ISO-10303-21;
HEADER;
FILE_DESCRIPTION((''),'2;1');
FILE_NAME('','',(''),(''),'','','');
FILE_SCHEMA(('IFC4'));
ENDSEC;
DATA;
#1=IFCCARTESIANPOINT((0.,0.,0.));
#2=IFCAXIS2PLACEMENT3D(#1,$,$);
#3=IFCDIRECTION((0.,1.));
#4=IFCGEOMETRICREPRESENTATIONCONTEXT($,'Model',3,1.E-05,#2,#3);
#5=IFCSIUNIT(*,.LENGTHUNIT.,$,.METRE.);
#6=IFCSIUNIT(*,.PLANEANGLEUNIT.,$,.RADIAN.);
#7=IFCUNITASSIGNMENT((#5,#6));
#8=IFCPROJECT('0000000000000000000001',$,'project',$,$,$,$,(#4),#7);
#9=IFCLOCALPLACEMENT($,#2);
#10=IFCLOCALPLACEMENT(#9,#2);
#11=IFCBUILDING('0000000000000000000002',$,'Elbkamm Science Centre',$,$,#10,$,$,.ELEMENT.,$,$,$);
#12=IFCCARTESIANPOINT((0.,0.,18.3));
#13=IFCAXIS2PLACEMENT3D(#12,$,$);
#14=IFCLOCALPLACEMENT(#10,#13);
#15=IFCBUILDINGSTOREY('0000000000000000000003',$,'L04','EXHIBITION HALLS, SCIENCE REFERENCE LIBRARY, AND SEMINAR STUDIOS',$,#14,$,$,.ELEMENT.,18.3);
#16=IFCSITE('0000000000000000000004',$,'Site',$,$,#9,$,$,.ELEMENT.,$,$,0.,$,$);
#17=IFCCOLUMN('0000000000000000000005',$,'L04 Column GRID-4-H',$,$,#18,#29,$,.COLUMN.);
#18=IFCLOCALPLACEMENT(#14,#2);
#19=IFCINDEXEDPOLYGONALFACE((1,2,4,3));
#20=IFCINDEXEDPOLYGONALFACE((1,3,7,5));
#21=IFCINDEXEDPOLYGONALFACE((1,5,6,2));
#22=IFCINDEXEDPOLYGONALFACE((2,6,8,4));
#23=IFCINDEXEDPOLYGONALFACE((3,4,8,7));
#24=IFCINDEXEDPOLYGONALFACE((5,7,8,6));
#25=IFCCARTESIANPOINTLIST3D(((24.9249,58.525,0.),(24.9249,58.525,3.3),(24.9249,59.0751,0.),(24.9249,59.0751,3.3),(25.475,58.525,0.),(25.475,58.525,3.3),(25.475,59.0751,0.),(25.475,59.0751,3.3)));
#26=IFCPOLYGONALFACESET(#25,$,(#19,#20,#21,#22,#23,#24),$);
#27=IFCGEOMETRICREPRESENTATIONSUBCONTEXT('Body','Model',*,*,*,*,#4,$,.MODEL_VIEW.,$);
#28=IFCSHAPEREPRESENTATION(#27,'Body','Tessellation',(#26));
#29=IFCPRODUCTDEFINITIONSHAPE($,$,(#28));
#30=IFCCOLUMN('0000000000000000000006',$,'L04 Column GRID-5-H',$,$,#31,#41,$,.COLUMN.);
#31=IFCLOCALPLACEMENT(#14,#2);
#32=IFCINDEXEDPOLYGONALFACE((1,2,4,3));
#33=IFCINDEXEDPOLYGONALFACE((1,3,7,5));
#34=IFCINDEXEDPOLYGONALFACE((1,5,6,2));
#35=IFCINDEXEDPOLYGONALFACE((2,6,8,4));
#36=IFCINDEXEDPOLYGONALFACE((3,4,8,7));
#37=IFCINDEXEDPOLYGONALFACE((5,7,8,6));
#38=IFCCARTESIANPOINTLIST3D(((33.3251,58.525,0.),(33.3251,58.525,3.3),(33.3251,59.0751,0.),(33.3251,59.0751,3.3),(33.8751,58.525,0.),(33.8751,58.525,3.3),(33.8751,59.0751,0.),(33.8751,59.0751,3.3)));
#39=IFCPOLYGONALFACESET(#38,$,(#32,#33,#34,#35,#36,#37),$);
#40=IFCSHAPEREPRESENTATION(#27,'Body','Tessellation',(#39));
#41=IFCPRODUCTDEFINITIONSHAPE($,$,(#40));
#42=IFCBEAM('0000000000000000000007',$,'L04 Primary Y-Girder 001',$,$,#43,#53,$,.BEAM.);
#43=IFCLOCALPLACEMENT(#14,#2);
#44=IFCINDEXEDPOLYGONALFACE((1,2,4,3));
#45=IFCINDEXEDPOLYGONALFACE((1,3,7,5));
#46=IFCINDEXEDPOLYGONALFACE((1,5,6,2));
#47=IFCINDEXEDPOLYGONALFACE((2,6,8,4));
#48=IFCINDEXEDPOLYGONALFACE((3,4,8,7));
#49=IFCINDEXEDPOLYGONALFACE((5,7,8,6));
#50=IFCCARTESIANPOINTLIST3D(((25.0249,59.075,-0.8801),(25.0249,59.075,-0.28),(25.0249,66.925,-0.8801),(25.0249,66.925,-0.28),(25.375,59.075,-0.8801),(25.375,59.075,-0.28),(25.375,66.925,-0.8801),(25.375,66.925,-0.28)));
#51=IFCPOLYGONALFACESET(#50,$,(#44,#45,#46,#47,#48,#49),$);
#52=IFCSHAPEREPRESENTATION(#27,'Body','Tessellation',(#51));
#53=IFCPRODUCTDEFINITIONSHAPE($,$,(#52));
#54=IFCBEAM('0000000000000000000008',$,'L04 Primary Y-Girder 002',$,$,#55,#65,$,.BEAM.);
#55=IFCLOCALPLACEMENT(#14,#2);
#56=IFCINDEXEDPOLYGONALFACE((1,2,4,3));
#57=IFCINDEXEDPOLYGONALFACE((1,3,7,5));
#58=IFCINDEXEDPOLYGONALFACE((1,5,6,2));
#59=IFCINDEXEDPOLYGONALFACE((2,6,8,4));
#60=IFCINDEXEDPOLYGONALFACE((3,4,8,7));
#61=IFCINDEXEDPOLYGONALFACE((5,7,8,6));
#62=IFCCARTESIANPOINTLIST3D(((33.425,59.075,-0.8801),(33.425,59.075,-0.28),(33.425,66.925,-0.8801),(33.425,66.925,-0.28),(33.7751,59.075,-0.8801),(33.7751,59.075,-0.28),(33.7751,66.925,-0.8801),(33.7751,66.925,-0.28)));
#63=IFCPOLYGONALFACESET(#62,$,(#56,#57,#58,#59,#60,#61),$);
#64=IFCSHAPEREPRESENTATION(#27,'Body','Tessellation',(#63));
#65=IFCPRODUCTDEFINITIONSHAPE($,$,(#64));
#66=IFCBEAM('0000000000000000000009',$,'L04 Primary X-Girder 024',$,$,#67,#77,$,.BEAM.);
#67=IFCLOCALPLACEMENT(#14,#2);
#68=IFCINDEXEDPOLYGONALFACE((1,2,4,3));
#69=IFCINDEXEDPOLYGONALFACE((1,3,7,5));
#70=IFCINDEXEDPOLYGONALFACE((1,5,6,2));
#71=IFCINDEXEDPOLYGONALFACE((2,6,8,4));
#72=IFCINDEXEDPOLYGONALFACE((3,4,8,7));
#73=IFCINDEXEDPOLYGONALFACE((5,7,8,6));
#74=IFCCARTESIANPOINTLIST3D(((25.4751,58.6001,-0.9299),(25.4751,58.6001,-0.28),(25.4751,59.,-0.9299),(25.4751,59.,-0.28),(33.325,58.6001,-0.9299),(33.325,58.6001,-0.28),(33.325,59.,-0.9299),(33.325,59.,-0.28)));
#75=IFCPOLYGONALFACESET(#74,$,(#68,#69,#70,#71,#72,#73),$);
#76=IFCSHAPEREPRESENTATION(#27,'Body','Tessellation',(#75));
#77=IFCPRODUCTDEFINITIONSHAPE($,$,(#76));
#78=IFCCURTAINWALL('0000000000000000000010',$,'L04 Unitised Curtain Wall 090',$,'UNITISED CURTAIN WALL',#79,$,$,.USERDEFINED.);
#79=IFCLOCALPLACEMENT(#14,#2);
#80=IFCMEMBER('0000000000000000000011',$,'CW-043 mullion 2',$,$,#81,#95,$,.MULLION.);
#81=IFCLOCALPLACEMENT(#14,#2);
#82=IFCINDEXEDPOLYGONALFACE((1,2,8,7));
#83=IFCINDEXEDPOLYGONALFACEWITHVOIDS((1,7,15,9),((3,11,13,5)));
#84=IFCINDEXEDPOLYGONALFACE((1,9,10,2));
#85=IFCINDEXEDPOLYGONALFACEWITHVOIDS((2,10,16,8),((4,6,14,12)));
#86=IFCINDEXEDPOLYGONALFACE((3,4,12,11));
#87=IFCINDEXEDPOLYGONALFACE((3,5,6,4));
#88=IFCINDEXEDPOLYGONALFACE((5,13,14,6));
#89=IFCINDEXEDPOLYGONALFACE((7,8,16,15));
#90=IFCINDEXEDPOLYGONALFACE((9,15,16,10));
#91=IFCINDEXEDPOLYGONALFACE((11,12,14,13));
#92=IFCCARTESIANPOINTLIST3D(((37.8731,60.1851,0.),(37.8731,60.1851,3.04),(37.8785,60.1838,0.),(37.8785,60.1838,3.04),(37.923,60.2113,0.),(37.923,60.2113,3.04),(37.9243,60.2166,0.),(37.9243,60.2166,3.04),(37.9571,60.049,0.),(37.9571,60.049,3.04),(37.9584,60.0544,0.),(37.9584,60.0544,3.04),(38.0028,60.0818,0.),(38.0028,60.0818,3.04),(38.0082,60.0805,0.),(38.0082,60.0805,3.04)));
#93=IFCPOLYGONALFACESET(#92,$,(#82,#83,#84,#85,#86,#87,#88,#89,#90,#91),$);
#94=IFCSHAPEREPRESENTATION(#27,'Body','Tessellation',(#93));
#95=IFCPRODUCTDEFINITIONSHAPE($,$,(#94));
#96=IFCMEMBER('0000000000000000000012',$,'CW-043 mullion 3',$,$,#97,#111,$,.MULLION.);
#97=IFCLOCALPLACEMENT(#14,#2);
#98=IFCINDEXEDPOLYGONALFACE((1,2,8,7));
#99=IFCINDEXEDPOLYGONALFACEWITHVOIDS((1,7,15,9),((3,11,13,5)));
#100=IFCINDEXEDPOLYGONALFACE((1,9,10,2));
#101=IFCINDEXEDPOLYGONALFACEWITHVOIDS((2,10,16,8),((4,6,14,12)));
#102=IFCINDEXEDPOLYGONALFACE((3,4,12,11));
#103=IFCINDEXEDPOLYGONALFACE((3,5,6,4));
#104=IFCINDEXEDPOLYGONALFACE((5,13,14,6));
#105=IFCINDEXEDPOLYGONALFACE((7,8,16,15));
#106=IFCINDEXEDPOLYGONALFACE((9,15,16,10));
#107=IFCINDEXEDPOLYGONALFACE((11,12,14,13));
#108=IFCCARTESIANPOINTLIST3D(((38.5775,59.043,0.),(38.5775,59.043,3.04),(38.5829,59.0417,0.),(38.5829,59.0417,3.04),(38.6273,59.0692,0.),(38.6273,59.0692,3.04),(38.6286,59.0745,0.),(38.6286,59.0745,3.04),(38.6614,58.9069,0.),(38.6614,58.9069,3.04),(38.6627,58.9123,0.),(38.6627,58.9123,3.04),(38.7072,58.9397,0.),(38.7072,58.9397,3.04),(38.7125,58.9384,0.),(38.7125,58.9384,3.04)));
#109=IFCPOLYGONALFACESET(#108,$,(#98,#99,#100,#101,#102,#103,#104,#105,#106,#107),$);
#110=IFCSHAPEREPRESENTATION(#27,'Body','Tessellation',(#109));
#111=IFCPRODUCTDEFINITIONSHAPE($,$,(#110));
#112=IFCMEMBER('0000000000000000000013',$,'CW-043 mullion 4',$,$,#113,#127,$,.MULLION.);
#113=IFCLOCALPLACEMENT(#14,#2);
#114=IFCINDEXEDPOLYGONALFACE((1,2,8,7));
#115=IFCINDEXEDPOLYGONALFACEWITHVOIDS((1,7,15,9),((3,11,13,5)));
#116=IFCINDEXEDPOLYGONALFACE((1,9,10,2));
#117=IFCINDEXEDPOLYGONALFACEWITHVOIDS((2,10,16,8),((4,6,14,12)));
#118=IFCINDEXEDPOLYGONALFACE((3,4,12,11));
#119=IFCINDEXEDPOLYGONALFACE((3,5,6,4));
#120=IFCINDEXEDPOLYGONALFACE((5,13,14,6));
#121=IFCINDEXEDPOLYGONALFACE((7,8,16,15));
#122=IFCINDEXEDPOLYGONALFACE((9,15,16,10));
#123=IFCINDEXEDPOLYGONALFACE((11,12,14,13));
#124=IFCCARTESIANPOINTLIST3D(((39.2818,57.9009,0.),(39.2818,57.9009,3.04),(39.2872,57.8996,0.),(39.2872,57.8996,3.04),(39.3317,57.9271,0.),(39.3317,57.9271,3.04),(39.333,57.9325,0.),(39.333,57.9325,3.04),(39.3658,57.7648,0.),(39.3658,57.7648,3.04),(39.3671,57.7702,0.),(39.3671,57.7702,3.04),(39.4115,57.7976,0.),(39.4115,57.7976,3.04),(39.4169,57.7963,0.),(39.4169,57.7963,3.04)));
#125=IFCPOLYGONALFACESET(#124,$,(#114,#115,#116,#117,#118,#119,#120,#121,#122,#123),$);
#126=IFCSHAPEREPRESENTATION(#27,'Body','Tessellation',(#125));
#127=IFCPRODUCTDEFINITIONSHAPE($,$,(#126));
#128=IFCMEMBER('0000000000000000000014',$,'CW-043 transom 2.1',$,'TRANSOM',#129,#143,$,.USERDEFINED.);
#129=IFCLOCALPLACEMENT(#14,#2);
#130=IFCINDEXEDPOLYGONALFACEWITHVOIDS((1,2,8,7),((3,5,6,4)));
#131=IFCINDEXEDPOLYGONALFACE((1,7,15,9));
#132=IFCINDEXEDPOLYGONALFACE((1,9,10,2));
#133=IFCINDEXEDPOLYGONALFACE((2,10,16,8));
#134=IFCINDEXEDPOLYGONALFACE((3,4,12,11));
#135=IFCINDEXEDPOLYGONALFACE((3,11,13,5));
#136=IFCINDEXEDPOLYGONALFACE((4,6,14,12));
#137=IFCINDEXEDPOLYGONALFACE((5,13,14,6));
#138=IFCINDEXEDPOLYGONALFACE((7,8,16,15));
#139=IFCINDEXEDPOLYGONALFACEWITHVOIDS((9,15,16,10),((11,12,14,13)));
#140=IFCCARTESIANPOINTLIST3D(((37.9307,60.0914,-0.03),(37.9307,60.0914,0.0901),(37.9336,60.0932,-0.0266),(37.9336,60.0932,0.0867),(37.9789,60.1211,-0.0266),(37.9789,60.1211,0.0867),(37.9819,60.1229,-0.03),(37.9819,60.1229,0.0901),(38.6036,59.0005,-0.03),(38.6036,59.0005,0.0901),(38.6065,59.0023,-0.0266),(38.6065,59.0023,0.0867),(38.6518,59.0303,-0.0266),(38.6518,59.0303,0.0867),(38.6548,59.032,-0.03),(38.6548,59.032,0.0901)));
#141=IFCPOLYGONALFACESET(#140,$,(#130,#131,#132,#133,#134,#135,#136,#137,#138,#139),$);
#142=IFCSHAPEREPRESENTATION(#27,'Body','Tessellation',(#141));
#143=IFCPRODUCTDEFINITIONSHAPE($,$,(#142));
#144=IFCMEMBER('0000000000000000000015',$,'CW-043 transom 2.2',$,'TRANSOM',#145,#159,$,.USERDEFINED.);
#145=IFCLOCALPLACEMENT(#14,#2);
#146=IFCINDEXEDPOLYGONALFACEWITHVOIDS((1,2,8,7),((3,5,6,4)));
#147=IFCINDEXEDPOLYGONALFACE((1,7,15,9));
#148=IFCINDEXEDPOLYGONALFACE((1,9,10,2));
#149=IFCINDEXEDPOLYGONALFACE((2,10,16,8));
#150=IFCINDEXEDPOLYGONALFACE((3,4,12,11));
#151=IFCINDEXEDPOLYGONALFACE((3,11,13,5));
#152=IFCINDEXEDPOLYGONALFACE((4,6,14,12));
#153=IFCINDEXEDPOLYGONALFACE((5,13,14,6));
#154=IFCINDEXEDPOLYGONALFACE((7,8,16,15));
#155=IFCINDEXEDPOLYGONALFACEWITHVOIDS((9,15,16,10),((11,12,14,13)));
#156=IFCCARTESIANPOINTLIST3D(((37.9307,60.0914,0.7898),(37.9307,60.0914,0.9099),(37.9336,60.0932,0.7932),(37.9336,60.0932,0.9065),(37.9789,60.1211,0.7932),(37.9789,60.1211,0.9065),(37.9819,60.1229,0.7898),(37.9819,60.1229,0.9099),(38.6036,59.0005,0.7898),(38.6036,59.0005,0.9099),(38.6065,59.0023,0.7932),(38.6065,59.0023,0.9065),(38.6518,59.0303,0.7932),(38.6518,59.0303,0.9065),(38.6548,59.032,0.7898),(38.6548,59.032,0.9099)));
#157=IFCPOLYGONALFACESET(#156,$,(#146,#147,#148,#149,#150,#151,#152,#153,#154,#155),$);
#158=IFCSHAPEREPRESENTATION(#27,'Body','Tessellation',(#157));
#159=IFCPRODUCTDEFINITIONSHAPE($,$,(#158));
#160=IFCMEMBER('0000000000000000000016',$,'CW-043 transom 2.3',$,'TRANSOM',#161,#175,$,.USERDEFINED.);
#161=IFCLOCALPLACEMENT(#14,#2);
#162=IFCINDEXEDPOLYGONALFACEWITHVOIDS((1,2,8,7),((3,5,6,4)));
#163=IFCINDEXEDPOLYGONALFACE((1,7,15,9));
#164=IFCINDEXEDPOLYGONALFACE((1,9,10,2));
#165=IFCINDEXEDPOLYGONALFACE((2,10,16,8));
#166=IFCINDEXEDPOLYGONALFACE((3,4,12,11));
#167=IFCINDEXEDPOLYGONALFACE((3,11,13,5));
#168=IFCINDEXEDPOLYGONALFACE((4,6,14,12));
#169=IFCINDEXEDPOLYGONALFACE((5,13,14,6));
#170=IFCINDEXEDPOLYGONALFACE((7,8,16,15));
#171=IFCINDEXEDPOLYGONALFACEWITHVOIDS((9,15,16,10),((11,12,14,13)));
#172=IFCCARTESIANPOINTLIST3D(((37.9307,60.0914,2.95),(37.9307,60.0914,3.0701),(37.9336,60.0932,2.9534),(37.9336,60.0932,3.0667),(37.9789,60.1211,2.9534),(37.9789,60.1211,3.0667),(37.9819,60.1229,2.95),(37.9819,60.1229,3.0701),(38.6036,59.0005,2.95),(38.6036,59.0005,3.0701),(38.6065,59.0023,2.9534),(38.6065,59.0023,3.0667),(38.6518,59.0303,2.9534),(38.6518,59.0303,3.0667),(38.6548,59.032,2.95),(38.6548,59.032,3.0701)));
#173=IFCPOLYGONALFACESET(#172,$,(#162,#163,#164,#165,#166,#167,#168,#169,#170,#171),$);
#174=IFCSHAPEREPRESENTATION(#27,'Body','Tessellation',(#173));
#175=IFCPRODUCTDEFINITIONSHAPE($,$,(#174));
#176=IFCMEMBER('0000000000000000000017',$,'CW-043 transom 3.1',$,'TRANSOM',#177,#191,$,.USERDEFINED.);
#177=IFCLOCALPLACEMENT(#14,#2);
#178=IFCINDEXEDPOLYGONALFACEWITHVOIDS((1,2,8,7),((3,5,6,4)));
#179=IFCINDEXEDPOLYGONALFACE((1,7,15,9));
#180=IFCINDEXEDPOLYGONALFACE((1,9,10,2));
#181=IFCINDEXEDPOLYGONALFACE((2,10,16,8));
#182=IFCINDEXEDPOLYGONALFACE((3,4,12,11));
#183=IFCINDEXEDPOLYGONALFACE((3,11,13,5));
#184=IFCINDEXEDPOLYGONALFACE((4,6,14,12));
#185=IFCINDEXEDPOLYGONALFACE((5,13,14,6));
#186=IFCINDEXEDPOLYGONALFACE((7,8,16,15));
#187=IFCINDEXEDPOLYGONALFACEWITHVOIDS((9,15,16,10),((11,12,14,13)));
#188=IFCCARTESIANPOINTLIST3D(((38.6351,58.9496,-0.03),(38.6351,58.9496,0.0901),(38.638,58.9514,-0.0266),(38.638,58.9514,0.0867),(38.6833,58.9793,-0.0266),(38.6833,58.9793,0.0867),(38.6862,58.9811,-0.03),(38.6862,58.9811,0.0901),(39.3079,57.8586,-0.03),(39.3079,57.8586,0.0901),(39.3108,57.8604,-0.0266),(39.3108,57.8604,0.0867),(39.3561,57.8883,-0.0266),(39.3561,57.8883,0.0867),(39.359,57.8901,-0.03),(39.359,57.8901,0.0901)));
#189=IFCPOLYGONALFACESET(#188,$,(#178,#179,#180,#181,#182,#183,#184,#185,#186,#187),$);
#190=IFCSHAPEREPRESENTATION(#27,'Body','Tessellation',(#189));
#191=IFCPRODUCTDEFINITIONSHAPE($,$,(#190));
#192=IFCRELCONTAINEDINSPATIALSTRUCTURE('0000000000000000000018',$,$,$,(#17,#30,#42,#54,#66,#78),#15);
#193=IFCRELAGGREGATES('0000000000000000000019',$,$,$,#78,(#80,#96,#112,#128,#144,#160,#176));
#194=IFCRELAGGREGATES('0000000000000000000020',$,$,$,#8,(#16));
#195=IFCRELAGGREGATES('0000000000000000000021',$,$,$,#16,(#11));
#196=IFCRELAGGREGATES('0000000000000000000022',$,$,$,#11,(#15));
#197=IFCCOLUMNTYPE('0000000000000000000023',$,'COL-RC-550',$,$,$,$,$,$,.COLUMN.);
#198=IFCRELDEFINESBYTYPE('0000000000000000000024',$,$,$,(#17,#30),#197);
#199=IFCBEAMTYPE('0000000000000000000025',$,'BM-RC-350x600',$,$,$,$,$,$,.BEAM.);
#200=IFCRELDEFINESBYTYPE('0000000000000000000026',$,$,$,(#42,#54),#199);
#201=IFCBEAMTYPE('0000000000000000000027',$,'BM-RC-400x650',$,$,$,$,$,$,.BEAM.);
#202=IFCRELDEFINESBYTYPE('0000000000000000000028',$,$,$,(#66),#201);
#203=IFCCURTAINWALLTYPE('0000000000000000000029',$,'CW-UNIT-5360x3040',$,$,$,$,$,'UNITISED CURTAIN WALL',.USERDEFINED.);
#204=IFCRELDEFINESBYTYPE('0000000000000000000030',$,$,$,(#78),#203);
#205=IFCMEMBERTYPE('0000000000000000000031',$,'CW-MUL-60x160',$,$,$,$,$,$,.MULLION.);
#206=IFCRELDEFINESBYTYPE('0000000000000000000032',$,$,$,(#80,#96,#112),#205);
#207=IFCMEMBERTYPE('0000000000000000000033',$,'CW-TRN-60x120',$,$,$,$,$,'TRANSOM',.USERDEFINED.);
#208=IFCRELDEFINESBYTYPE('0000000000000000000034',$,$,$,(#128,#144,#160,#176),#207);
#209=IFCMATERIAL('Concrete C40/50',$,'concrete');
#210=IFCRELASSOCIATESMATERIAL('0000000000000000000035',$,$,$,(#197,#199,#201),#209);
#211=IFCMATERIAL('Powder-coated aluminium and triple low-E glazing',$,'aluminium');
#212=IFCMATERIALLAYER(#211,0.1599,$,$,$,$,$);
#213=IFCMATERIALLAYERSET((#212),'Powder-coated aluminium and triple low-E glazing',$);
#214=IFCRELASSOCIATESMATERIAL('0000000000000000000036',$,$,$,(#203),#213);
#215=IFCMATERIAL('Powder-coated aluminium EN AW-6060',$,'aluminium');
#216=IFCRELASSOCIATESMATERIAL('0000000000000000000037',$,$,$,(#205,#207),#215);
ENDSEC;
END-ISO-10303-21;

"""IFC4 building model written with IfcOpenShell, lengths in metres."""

from ifc_helpers import new_model, si_unit, direction, frame, origin, origin_2d, place, context, subcontext, project, spatial, rectangle, hollow_rectangle, extrude, material, layer, layer_set, material_profile, profile_set, type_object, element, aggregate, save


model = new_model("IFC4")

# Units and contexts
model_context = context("Model", 3, precision=1e-05, world=origin(), true_north=direction((0.0, 1.0)))
body_context = subcontext(model_context, "Body", "Model", "MODEL_VIEW")
ifc_project = project(units=[si_unit("LENGTHUNIT", "METRE"), si_unit("PLANEANGLEUNIT", "RADIAN")], contexts=[model_context])

# Site, building, storey
site_placement = place(None, origin())
site = spatial("IfcSite", under=ifc_project, at=site_placement, Name="Site", CompositionType="ELEMENT", RefElevation=0.0)
building_placement = place(site_placement, origin())
building = spatial("IfcBuilding", under=site, at=building_placement, Name="Elbkamm Science Centre", CompositionType="ELEMENT")
storey_placement = place(building_placement, frame((0.0, 0.0, 18.3)))
storey = spatial("IfcBuildingStorey", under=building, at=storey_placement, Name="L04", Description="EXHIBITION HALLS, SCIENCE REFERENCE LIBRARY, AND SEMINAR STUDIOS", CompositionType="ELEMENT", Elevation=18.3)

# Columns
ifc_material_1 = material(Name="Concrete C40/50", Category="concrete")
ifc_material_profile_1 = material_profile(ifc_material_1, rectangle(XDim=0.55, YDim=0.55, at=origin_2d()), Name="RC 550x550")
ifc_profile_set_1 = profile_set([ifc_material_profile_1], Name="Concrete C40/50")
column_type = type_object("IfcColumnType", Name="COL-RC-550", PredefinedType="COLUMN", material=ifc_profile_set_1)
for number, where, z_axis, x_axis, name in (
    (1, (25.2, 58.8, 0.0), (0.0, 0.0, 1.0), (1.0, 0.0, 0.0), "L04 Column GRID-4-H"),
    (2, (33.6001, 58.8, 0.0), (0.0, 0.0, 1.0), (1.0, 0.0, 0.0), "L04 Column GRID-5-H"),
):
    element("IfcColumn", number, at=place(storey_placement, frame(where, z_axis=z_axis, x_axis=x_axis)), inside=storey, type_object=column_type, Name=name, PredefinedType="COLUMN", context=body_context, shape_type="SweptSolid", body=[
        extrude(rectangle(XDim=0.55, YDim=0.55, at=origin_2d()), origin(), (0.0, 0.0, 1.0), 3.3),
    ])

# Beams
ifc_material_profile_2 = material_profile(ifc_material_1, rectangle(XDim=0.3501, YDim=0.6001, at=origin_2d()), Name="RC 350x600")
ifc_profile_set_2 = profile_set([ifc_material_profile_2], Name="Concrete C40/50")
beam_type_1 = type_object("IfcBeamType", Name="BM-RC-350x600", PredefinedType="BEAM", material=ifc_profile_set_2)
for number, where, z_axis, x_axis, name in (
    (3, (25.2, 59.075, -0.5801), (0.0, 1.0, 0.0), (-1.0, 0.0, 0.0), "L04 Primary Y-Girder 001"),
    (4, (33.6001, 59.075, -0.5801), (0.0, 1.0, 0.0), (-1.0, 0.0, 0.0), "L04 Primary Y-Girder 002"),
):
    element("IfcBeam", number, at=place(storey_placement, frame(where, z_axis=z_axis, x_axis=x_axis)), inside=storey, type_object=beam_type_1, Name=name, PredefinedType="BEAM", context=body_context, shape_type="SweptSolid", body=[
        extrude(rectangle(XDim=0.3501, YDim=0.6001, at=origin_2d()), origin(), (0.0, 0.0, 1.0), 7.8501),
    ])
ifc_material_profile_3 = material_profile(ifc_material_1, rectangle(XDim=0.3999, YDim=0.6499, at=origin_2d()), Name="RC 400x650")
ifc_profile_set_3 = profile_set([ifc_material_profile_3], Name="Concrete C40/50")
beam_type_2 = type_object("IfcBeamType", Name="BM-RC-400x650", PredefinedType="BEAM", material=ifc_profile_set_3)
beam_placement = place(storey_placement, frame((25.4751, 58.8, -0.605), z_axis=(1.0, 0.0, 0.0), x_axis=(0.0, 1.0, 0.0)))
element("IfcBeam", 5, at=beam_placement, inside=storey, type_object=beam_type_2, Name="L04 Primary X-Girder 024", PredefinedType="BEAM", context=body_context, shape_type="SweptSolid", body=[
    extrude(rectangle(XDim=0.3999, YDim=0.6499, at=origin_2d()), origin(), (0.0, 0.0, 1.0), 7.8499),
])

# Curtain wall, members
ifc_material_2 = material(Name="Powder-coated aluminium and triple low-E glazing", Category="aluminium")
ifc_layer_1 = layer(ifc_material_2, 0.1599)
ifc_layer_set_1 = layer_set([ifc_layer_1], Name="Powder-coated aluminium and triple low-E glazing")
curtain_wall_type = type_object("IfcCurtainWallType", Name="CW-UNIT-5360x3040", ElementType="UNITISED CURTAIN WALL", PredefinedType="USERDEFINED", material=ifc_layer_set_1)
curtain_wall_placement = place(storey_placement, origin())
curtain_wall = element("IfcCurtainWall", 6, at=curtain_wall_placement, inside=storey, type_object=curtain_wall_type, Name="L04 Unitised Curtain Wall 090", ObjectType="UNITISED CURTAIN WALL", PredefinedType="USERDEFINED")
ifc_material_3 = material(Name="Powder-coated aluminium EN AW-6060", Category="aluminium")
ifc_material_profile_4 = material_profile(ifc_material_3, hollow_rectangle(XDim=0.0601, YDim=0.1599, WallThickness=0.0039, at=origin_2d()), Name="ALU M60x160")
ifc_profile_set_4 = profile_set([ifc_material_profile_4], Name="Powder-coated aluminium EN AW-6060")
member_type_1 = type_object("IfcMemberType", Name="CW-MUL-60x160", PredefinedType="MULLION", material=ifc_profile_set_4)
member_1_placement = place(storey_placement, frame((37.9407, 60.1328, 0.0), z_axis=(0.0, 0.0, 1.0), x_axis=(0.851147, 0.524927, 0.0)))
member_1 = element("IfcMember", 7, at=member_1_placement, type_object=member_type_1, Name="CW-043 mullion 2", PredefinedType="MULLION", context=body_context, shape_type="SweptSolid", body=[
    extrude(hollow_rectangle(XDim=0.0601, YDim=0.1599, WallThickness=0.0039, at=origin_2d()), origin(), (0.0, 0.0, 1.0), 3.04),
])
member_2_placement = place(storey_placement, frame((38.645, 58.9907, 0.0), z_axis=(0.0, 0.0, 1.0), x_axis=(0.851147, 0.524927, 0.0)))
member_2 = element("IfcMember", 8, at=member_2_placement, type_object=member_type_1, Name="CW-043 mullion 3", PredefinedType="MULLION", context=body_context, shape_type="SweptSolid", body=[
    extrude(hollow_rectangle(XDim=0.0601, YDim=0.1599, WallThickness=0.0039, at=origin_2d()), origin(), (0.0, 0.0, 1.0), 3.04),
])
member_3_placement = place(storey_placement, frame((39.3494, 57.8486, 0.0), z_axis=(0.0, 0.0, 1.0), x_axis=(0.851147, 0.524927, 0.0)))
member_3 = element("IfcMember", 9, at=member_3_placement, type_object=member_type_1, Name="CW-043 mullion 4", PredefinedType="MULLION", context=body_context, shape_type="SweptSolid", body=[
    extrude(hollow_rectangle(XDim=0.0601, YDim=0.1599, WallThickness=0.0039, at=origin_2d()), origin(), (0.0, 0.0, 1.0), 3.04),
])
ifc_material_profile_5 = material_profile(ifc_material_3, hollow_rectangle(XDim=0.0601, YDim=0.1201, WallThickness=0.0034, at=origin_2d()), Name="ALU T60x120")
ifc_profile_set_5 = profile_set([ifc_material_profile_5], Name="Powder-coated aluminium EN AW-6060")
member_type_2 = type_object("IfcMemberType", Name="CW-TRN-60x120", ElementType="TRANSOM", PredefinedType="USERDEFINED", material=ifc_profile_set_5)
member_4_placement = place(storey_placement, frame((37.9563, 60.1072, 0.03), z_axis=(0.52499, -0.851108, 0.0), x_axis=(0.851108, 0.52499, 0.0)))
member_4 = element("IfcMember", 10, at=member_4_placement, type_object=member_type_2, Name="CW-043 transom 2.1", ObjectType="TRANSOM", PredefinedType="USERDEFINED", context=body_context, shape_type="SweptSolid", body=[
    extrude(hollow_rectangle(XDim=0.0601, YDim=0.1201, WallThickness=0.0034, at=origin_2d()), origin(), (0.0, 0.0, 1.0), 1.2817),
])
member_5_placement = place(storey_placement, frame((37.9563, 60.1072, 0.8499), z_axis=(0.52499, -0.851108, 0.0), x_axis=(0.851108, 0.52499, 0.0)))
member_5 = element("IfcMember", 11, at=member_5_placement, type_object=member_type_2, Name="CW-043 transom 2.2", ObjectType="TRANSOM", PredefinedType="USERDEFINED", context=body_context, shape_type="SweptSolid", body=[
    extrude(hollow_rectangle(XDim=0.0601, YDim=0.1201, WallThickness=0.0034, at=origin_2d()), origin(), (0.0, 0.0, 1.0), 1.2817),
])
member_6_placement = place(storey_placement, frame((37.9563, 60.1072, 3.01), z_axis=(0.52499, -0.851108, 0.0), x_axis=(0.851108, 0.52499, 0.0)))
member_6 = element("IfcMember", 12, at=member_6_placement, type_object=member_type_2, Name="CW-043 transom 2.3", ObjectType="TRANSOM", PredefinedType="USERDEFINED", context=body_context, shape_type="SweptSolid", body=[
    extrude(hollow_rectangle(XDim=0.0601, YDim=0.1201, WallThickness=0.0034, at=origin_2d()), origin(), (0.0, 0.0, 1.0), 1.2817),
])
member_7_placement = place(storey_placement, frame((38.6606, 58.9653, 0.03), z_axis=(0.524905, -0.851161, 0.0), x_axis=(0.851161, 0.524905, 0.0)))
member_7 = element("IfcMember", 13, at=member_7_placement, type_object=member_type_2, Name="CW-043 transom 3.1", ObjectType="TRANSOM", PredefinedType="USERDEFINED", context=body_context, shape_type="SweptSolid", body=[
    extrude(hollow_rectangle(XDim=0.0601, YDim=0.1201, WallThickness=0.0034, at=origin_2d()), origin(), (0.0, 0.0, 1.0), 1.2817),
])
aggregate(curtain_wall, [member_1, member_2, member_3, member_4, member_5, member_6, member_7])

save(model, "model.ifc")
